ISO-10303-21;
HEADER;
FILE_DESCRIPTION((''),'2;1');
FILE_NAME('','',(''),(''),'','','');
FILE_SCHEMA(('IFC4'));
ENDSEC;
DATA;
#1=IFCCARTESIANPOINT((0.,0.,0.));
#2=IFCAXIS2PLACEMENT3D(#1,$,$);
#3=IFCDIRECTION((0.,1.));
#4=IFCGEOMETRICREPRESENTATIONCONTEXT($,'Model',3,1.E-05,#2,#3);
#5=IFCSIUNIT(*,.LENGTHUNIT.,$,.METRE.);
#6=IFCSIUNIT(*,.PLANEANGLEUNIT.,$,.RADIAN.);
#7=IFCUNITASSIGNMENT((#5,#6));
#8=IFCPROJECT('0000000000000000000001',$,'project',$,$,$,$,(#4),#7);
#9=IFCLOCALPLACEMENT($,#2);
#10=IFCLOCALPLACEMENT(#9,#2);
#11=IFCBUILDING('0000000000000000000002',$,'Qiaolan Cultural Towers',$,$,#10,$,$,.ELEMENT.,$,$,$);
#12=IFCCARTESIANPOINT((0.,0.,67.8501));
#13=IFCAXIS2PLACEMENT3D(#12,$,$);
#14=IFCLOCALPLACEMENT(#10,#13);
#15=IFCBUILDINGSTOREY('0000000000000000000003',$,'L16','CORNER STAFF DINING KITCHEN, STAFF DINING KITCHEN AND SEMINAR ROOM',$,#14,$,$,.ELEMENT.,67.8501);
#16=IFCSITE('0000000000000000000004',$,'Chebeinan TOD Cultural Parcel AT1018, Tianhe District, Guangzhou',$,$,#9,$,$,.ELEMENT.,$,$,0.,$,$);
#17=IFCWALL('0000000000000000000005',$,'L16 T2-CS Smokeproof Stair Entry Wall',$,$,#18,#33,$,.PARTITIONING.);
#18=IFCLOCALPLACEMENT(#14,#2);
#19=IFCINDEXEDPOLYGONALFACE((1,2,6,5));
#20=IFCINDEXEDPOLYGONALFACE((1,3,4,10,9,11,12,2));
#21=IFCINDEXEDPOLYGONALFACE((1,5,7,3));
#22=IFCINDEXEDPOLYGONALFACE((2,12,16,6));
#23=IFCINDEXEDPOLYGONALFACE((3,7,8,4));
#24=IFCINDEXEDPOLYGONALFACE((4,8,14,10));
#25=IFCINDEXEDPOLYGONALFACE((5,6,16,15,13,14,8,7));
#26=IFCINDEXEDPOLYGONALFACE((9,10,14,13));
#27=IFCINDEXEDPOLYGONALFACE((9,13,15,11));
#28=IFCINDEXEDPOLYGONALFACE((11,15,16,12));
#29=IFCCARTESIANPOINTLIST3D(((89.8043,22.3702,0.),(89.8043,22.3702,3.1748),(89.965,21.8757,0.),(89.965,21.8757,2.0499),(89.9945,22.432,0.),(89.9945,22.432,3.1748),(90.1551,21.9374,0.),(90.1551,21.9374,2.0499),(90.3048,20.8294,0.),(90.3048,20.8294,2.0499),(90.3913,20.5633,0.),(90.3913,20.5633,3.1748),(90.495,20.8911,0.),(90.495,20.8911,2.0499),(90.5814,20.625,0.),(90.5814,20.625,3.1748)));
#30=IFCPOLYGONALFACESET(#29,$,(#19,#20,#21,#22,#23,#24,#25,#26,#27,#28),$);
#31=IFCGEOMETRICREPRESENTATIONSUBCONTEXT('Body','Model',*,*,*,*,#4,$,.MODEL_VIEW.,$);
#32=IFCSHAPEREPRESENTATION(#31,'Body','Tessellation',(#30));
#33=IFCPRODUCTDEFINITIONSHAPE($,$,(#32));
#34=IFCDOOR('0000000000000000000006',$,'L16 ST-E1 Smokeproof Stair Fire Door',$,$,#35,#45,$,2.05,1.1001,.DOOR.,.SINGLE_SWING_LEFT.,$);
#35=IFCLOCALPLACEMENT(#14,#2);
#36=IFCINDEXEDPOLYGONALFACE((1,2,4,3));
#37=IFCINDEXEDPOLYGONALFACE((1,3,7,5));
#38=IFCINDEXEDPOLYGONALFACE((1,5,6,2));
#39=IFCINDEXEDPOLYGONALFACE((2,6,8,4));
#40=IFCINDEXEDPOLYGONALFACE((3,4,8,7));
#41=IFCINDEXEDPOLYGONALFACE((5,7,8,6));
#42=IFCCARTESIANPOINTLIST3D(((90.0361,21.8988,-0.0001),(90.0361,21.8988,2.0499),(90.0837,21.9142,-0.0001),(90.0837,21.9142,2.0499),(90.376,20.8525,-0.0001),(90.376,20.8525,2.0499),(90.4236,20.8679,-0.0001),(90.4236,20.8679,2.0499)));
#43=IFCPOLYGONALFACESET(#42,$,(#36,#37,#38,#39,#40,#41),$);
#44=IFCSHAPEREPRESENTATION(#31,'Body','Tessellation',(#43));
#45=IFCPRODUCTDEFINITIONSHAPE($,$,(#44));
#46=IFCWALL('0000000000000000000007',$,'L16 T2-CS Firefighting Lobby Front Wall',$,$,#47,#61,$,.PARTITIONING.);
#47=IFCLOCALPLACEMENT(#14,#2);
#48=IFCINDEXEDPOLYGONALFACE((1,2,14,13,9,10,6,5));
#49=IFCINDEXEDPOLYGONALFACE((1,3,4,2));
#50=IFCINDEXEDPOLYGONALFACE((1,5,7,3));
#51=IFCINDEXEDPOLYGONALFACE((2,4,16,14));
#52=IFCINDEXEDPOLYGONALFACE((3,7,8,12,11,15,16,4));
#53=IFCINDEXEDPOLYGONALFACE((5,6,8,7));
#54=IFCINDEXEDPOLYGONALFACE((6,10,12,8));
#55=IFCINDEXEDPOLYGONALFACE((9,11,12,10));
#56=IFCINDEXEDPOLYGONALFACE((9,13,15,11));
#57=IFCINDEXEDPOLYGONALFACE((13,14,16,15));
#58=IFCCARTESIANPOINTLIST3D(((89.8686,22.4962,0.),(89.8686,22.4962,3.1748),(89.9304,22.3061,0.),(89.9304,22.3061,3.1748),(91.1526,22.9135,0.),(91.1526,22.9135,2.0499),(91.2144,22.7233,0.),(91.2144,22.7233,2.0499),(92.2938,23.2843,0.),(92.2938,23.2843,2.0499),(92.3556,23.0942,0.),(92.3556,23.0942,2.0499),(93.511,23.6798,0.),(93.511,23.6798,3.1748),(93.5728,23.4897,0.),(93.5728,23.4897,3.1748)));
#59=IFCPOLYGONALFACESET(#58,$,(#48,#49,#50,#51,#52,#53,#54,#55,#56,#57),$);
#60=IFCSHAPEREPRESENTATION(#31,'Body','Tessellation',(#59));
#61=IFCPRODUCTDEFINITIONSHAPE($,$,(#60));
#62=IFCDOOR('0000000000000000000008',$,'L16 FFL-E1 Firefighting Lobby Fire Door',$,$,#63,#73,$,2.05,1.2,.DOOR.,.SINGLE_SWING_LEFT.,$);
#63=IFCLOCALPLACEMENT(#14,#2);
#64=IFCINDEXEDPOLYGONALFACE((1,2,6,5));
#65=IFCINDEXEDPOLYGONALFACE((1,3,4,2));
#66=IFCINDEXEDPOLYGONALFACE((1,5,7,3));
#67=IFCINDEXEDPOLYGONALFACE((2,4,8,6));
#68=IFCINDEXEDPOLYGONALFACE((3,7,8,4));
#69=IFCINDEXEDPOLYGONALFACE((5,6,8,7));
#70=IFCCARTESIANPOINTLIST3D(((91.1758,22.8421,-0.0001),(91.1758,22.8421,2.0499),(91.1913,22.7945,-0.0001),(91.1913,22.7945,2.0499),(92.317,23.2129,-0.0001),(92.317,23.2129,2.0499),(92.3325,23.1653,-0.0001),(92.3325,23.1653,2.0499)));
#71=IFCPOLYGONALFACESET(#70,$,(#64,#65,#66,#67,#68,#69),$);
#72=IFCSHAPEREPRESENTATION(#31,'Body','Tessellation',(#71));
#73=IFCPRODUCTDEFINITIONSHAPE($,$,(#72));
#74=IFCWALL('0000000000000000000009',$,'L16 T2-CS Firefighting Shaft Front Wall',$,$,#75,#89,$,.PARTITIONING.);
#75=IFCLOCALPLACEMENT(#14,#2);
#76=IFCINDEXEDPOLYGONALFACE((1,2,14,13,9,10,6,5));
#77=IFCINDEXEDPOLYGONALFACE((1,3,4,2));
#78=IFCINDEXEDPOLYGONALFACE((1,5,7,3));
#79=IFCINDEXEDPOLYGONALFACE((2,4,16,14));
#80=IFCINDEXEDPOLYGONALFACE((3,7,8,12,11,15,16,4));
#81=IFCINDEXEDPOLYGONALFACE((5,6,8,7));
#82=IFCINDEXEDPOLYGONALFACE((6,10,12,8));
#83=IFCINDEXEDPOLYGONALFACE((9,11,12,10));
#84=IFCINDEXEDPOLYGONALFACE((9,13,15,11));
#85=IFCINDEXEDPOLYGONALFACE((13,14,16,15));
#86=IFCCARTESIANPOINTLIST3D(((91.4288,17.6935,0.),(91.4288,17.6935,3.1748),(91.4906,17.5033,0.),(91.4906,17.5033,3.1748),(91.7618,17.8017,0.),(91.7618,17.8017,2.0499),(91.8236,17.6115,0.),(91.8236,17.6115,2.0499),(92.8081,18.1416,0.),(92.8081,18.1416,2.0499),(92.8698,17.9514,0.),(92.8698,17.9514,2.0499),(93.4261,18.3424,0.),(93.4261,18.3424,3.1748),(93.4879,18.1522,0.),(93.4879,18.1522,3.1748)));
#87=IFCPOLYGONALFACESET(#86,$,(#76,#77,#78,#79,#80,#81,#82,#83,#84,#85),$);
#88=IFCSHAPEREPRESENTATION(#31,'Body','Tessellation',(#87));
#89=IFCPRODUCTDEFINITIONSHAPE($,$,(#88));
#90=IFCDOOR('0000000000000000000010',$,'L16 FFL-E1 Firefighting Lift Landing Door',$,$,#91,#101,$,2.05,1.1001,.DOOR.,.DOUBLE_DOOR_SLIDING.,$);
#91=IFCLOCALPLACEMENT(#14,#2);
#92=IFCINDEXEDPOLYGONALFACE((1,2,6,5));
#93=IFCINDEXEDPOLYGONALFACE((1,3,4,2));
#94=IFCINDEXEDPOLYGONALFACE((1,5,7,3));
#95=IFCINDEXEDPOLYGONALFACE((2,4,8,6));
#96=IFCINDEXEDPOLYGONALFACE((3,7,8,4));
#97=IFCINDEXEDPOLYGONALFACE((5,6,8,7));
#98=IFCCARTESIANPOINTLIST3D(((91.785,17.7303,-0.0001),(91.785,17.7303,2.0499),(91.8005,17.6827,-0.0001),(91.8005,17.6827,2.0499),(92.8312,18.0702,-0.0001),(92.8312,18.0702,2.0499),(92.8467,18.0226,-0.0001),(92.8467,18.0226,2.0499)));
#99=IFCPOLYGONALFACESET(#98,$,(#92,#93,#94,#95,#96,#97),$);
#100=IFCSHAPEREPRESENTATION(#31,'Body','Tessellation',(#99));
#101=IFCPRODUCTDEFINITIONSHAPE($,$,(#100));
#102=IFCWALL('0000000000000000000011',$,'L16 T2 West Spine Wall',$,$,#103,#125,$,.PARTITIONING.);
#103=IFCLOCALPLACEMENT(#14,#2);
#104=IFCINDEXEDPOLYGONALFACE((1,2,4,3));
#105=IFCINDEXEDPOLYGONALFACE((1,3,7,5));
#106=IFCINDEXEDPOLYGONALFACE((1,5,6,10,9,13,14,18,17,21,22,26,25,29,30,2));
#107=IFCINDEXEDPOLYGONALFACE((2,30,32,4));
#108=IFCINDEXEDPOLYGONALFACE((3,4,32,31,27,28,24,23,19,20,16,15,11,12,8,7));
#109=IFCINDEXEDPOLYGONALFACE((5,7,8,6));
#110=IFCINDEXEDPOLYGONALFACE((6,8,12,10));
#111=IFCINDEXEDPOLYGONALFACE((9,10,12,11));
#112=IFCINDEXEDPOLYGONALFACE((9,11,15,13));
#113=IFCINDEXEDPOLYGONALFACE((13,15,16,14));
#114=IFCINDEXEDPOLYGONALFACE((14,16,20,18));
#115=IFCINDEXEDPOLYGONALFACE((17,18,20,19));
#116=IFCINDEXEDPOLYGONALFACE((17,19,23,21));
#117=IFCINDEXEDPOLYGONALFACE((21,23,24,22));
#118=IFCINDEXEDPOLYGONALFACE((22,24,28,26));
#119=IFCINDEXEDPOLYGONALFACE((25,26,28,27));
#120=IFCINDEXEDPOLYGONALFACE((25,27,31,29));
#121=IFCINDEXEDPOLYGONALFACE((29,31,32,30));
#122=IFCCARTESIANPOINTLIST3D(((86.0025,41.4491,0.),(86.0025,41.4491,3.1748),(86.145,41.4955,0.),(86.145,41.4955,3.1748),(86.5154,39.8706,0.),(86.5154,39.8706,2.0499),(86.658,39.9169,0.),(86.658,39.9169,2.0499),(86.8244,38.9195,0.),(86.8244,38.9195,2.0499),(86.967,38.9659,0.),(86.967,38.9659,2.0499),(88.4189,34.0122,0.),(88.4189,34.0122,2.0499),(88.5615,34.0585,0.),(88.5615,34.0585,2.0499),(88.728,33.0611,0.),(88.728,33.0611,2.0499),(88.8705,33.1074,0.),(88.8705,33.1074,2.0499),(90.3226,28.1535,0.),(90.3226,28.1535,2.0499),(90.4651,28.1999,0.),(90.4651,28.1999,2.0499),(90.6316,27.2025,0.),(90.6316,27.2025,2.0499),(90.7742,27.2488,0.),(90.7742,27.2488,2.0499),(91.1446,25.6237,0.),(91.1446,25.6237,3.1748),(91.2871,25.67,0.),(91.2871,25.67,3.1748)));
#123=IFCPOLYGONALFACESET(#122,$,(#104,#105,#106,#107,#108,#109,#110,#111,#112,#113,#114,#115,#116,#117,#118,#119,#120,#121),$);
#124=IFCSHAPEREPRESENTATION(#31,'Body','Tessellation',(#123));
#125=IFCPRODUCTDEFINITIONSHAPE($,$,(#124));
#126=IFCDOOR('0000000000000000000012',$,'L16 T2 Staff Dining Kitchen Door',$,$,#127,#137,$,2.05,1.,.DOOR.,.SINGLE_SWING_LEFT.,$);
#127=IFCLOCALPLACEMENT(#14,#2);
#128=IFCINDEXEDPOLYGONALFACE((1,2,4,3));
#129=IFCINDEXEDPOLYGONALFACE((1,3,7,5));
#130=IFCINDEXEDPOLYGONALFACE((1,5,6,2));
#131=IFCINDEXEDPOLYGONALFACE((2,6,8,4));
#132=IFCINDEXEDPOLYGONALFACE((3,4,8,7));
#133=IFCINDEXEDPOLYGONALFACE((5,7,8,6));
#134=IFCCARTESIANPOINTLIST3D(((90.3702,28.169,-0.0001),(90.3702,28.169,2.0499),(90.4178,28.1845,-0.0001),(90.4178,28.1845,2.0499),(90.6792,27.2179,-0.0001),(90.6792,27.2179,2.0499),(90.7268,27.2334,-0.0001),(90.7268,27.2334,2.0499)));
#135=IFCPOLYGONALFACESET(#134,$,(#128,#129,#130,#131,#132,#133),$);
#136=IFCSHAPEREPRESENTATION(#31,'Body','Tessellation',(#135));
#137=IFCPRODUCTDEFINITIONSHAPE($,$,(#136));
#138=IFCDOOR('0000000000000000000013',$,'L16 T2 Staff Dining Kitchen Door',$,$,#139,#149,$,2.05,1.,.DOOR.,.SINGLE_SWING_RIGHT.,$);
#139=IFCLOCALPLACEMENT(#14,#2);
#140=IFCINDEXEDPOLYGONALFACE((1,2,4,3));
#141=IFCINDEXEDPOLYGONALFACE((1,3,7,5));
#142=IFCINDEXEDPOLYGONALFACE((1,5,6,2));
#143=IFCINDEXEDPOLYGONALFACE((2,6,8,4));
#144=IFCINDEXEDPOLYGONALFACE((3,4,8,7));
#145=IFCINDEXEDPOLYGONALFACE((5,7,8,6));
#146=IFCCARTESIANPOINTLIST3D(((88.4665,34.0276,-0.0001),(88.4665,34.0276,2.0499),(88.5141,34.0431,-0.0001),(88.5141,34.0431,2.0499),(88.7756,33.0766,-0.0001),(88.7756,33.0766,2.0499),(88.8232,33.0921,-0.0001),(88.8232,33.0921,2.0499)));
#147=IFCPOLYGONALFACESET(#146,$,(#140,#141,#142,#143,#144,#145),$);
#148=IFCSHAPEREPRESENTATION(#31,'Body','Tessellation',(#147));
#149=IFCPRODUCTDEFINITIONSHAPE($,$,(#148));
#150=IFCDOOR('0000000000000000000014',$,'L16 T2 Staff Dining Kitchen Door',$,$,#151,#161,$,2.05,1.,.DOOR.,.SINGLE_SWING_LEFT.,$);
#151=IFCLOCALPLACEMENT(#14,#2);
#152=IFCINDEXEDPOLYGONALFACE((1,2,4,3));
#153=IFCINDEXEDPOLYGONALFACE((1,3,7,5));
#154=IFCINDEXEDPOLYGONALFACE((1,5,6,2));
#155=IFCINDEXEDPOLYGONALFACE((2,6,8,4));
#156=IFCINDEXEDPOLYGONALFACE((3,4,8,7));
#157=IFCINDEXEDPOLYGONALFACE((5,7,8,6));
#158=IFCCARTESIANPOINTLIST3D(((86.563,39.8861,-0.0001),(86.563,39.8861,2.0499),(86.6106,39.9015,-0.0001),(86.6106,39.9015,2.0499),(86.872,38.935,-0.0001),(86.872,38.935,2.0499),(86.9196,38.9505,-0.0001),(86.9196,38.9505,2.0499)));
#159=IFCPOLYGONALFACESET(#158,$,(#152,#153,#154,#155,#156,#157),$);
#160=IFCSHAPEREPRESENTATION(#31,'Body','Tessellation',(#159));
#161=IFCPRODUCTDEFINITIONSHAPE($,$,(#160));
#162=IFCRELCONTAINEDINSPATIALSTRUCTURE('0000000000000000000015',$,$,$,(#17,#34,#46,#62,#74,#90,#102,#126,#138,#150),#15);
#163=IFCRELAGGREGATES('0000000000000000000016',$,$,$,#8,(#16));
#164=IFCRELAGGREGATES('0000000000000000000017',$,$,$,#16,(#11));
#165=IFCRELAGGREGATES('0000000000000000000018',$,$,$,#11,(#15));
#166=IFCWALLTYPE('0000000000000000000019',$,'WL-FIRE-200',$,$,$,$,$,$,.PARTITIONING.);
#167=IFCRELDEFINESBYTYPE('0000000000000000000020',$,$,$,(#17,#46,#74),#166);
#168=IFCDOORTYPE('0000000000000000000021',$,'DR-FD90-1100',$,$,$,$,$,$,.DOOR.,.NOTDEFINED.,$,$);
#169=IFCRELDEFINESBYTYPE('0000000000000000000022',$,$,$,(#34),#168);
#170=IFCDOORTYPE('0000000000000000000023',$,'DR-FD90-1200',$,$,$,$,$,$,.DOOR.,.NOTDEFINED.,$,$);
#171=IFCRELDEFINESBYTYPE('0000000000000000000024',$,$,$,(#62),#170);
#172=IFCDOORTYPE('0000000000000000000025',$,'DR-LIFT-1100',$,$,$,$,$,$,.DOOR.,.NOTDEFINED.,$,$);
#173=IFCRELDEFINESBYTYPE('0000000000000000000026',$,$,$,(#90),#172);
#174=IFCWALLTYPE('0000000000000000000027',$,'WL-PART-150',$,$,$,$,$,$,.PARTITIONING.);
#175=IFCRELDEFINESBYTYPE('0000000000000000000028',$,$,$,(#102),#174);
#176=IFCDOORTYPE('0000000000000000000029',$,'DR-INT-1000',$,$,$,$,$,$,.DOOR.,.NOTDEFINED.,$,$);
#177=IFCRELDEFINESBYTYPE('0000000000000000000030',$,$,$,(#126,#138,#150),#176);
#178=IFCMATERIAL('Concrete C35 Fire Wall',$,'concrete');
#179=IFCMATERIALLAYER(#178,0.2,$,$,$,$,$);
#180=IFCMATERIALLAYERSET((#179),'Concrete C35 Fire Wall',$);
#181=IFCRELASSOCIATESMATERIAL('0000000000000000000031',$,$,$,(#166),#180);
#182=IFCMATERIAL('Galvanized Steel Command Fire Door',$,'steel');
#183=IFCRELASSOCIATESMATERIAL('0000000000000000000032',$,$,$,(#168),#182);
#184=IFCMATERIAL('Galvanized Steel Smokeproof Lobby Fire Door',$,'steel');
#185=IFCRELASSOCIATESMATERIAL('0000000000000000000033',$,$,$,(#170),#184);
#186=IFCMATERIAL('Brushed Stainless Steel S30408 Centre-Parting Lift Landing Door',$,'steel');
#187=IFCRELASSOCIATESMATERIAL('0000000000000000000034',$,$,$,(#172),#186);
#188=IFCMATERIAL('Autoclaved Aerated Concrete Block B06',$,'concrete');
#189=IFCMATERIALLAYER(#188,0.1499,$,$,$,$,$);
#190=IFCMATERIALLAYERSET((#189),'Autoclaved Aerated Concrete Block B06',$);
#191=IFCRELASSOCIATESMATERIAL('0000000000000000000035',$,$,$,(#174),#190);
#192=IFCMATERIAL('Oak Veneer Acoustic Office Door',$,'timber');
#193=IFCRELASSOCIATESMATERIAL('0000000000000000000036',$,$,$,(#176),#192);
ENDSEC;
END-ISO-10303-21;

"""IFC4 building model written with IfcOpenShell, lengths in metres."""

from ifc_helpers import new_model, si_unit, direction, frame, frame_2d, origin, place, context, subcontext, project, spatial, rectangle, extrude, material, layer, layer_set, type_object, element, fill, save


model = new_model("IFC4")

# Units and contexts
model_context = context("Model", 3, precision=1e-05, world=origin(), true_north=direction((0.0, 1.0)))
body_context = subcontext(model_context, "Body", "Model", "MODEL_VIEW")
ifc_project = project(units=[si_unit("LENGTHUNIT", "METRE"), si_unit("PLANEANGLEUNIT", "RADIAN")], contexts=[model_context])

# Site, building, storey
site_placement = place(None, origin())
site = spatial("IfcSite", under=ifc_project, at=site_placement, Name="Chebeinan TOD Cultural Parcel AT1018, Tianhe District, Guangzhou", CompositionType="ELEMENT", RefElevation=0.0)
building_placement = place(site_placement, origin())
building = spatial("IfcBuilding", under=site, at=building_placement, Name="Qiaolan Cultural Towers", CompositionType="ELEMENT")
storey_placement = place(building_placement, frame((0.0, 0.0, 67.8501)))
storey = spatial("IfcBuildingStorey", under=building, at=storey_placement, Name="L16", Description="CORNER STAFF DINING KITCHEN, STAFF DINING KITCHEN AND SEMINAR ROOM", CompositionType="ELEMENT", Elevation=67.8501)

# Walls, openings, doors
ifc_material_1 = material(Name="Concrete C35 Fire Wall", Category="concrete")
ifc_layer_1 = layer(ifc_material_1, 0.2)
ifc_layer_set_1 = layer_set([ifc_layer_1], Name="Concrete C35 Fire Wall")
wall_type_1 = type_object("IfcWallType", Name="WL-FIRE-200", PredefinedType="PARTITIONING", material=ifc_layer_set_1)
wall_1_placement = place(storey_placement, frame((89.8994, 22.4011, 0.0), z_axis=(0.0, 0.0, 1.0), x_axis=(0.308932, -0.951084, 0.0)))
wall_1 = element("IfcWall", 1, at=wall_1_placement, inside=storey, type_object=wall_type_1, Name="L16 T2-CS Smokeproof Stair Entry Wall", PredefinedType="PARTITIONING", context=body_context, shape_type="SweptSolid", body=[
    extrude(rectangle(XDim=1.8999, YDim=0.2, at=frame_2d((0.95, 0.0))), origin(), (0.0, 0.0, 1.0), 3.1748),
])
opening_1_placement = place(wall_1_placement, frame((0.52, 0.0, 0.0)))
opening_1 = element("IfcOpeningElement", 2, at=opening_1_placement, cuts=wall_1, PredefinedType="OPENING", context=body_context, shape_type="SweptSolid", body=[
    extrude(rectangle(XDim=1.1001, YDim=2.05, at=frame_2d((0.55, 1.0249))), frame((0.0, 0.1099, 0.0), z_axis=(0.0, -1.0, 0.0), x_axis=(1.0, 0.0, 0.0)), (0.0, 0.0, 1.0), 0.22),
])
ifc_material_2 = material(Name="Galvanized Steel Command Fire Door", Category="steel")
door_type_1 = type_object("IfcDoorType", Name="DR-FD90-1100", OperationType="NOTDEFINED", PredefinedType="DOOR", material=ifc_material_2)
door_1_placement = place(opening_1_placement, origin())
door_1 = element("IfcDoor", 3, at=door_1_placement, inside=storey, type_object=door_type_1, Name="L16 ST-E1 Smokeproof Stair Fire Door", OperationType="SINGLE_SWING_LEFT", OverallHeight=2.05, OverallWidth=1.1001, PredefinedType="DOOR", context=body_context, shape_type="SweptSolid", body=[
    extrude(rectangle(XDim=1.1001, YDim=2.05, at=frame_2d((0.55, 1.0249))), frame((0.0, 0.0249, 0.0), z_axis=(0.0, -1.0, 0.0), x_axis=(1.0, 0.0, 0.0)), (0.0, 0.0, 1.0), 0.05),
])
fill(opening_1, door_1)
wall_2_placement = place(storey_placement, frame((89.8994, 22.4011, 0.0), z_axis=(0.0, 0.0, 1.0), x_axis=(0.951047, 0.309047, 0.0)))
wall_2 = element("IfcWall", 4, at=wall_2_placement, inside=storey, type_object=wall_type_1, Name="L16 T2-CS Firefighting Lobby Front Wall", PredefinedType="PARTITIONING", context=body_context, shape_type="SweptSolid", body=[
    extrude(rectangle(XDim=3.8298, YDim=0.2, at=frame_2d((1.915, 0.0))), origin(), (0.0, 0.0, 1.0), 3.1748),
])
opening_2_placement = place(wall_2_placement, frame((1.3501, 0.0, 0.0)))
opening_2 = element("IfcOpeningElement", 5, at=opening_2_placement, cuts=wall_2, PredefinedType="OPENING", context=body_context, shape_type="SweptSolid", body=[
    extrude(rectangle(XDim=1.2, YDim=2.05, at=frame_2d((0.6001, 1.0249))), frame((0.0, 0.1099, 0.0), z_axis=(0.0, -1.0, 0.0), x_axis=(1.0, 0.0, 0.0)), (0.0, 0.0, 1.0), 0.22),
])
ifc_material_3 = material(Name="Galvanized Steel Smokeproof Lobby Fire Door", Category="steel")
door_type_2 = type_object("IfcDoorType", Name="DR-FD90-1200", OperationType="NOTDEFINED", PredefinedType="DOOR", material=ifc_material_3)
door_2_placement = place(opening_2_placement, origin())
door_2 = element("IfcDoor", 6, at=door_2_placement, inside=storey, type_object=door_type_2, Name="L16 FFL-E1 Firefighting Lobby Fire Door", OperationType="SINGLE_SWING_LEFT", OverallHeight=2.05, OverallWidth=1.2, PredefinedType="DOOR", context=body_context, shape_type="SweptSolid", body=[
    extrude(rectangle(XDim=1.2, YDim=2.05, at=frame_2d((0.6001, 1.0249))), frame((0.0, 0.0249, 0.0), z_axis=(0.0, -1.0, 0.0), x_axis=(1.0, 0.0, 0.0)), (0.0, 0.0, 1.0), 0.05),
])
fill(opening_2, door_2)
wall_3_placement = place(storey_placement, frame((91.4597, 17.5984, 0.0), z_axis=(0.0, 0.0, 1.0), x_axis=(0.951062, 0.308999, 0.0)))
wall_3 = element("IfcWall", 7, at=wall_3_placement, inside=storey, type_object=wall_type_1, Name="L16 T2-CS Firefighting Shaft Front Wall", PredefinedType="PARTITIONING", context=body_context, shape_type="SweptSolid", body=[
    extrude(rectangle(XDim=2.1001, YDim=0.2, at=frame_2d((1.05, 0.0))), origin(), (0.0, 0.0, 1.0), 3.1748),
])
opening_3_placement = place(wall_3_placement, frame((0.3501, 0.0, 0.0)))
opening_3 = element("IfcOpeningElement", 8, at=opening_3_placement, cuts=wall_3, PredefinedType="OPENING", context=body_context, shape_type="SweptSolid", body=[
    extrude(rectangle(XDim=1.1001, YDim=2.05, at=frame_2d((0.55, 1.0249))), frame((0.0, 0.1099, 0.0), z_axis=(0.0, -1.0, 0.0), x_axis=(1.0, 0.0, 0.0)), (0.0, 0.0, 1.0), 0.22),
])
ifc_material_4 = material(Name="Brushed Stainless Steel S30408 Centre-Parting Lift Landing Door", Category="steel")
door_type_3 = type_object("IfcDoorType", Name="DR-LIFT-1100", OperationType="NOTDEFINED", PredefinedType="DOOR", material=ifc_material_4)
door_3_placement = place(opening_3_placement, origin())
door_3 = element("IfcDoor", 9, at=door_3_placement, inside=storey, type_object=door_type_3, Name="L16 FFL-E1 Firefighting Lift Landing Door", OperationType="DOUBLE_DOOR_SLIDING", OverallHeight=2.05, OverallWidth=1.1001, PredefinedType="DOOR", context=body_context, shape_type="SweptSolid", body=[
    extrude(rectangle(XDim=1.1001, YDim=2.05, at=frame_2d((0.55, 1.0249))), frame((0.0, 0.0249, 0.0), z_axis=(0.0, -1.0, 0.0), x_axis=(1.0, 0.0, 0.0)), (0.0, 0.0, 1.0), 0.05),
])
fill(opening_3, door_3)

# Wall, openings, doors
ifc_material_5 = material(Name="Autoclaved Aerated Concrete Block B06", Category="concrete")
ifc_layer_2 = layer(ifc_material_5, 0.1499)
ifc_layer_set_2 = layer_set([ifc_layer_2], Name="Autoclaved Aerated Concrete Block B06")
wall_type_2 = type_object("IfcWallType", Name="WL-PART-150", PredefinedType="PARTITIONING", material=ifc_layer_set_2)
wall_4_placement = place(storey_placement, frame((91.2158, 25.647, 0.0), z_axis=(0.0, 0.0, 1.0), x_axis=(-0.309022, 0.951055, 0.0)))
wall_4 = element("IfcWall", 10, at=wall_4_placement, inside=storey, type_object=wall_type_2, Name="L16 T2 West Spine Wall", PredefinedType="PARTITIONING", context=body_context, shape_type="SweptSolid", body=[
    extrude(rectangle(XDim=16.6399, YDim=0.1499, at=frame_2d((8.3198, 0.0))), origin(), (0.0, 0.0, 1.0), 3.1748),
])
opening_4_placement = place(wall_4_placement, frame((1.6599, 0.0, 0.0)))
opening_4 = element("IfcOpeningElement", 11, at=opening_4_placement, cuts=wall_4, PredefinedType="OPENING", context=body_context, shape_type="SweptSolid", body=[
    extrude(rectangle(XDim=1.0, YDim=2.05, at=frame_2d((0.5, 1.0249))), frame((0.0, 0.085, 0.0), z_axis=(0.0, -1.0, 0.0), x_axis=(1.0, 0.0, 0.0)), (0.0, 0.0, 1.0), 0.1699),
])
opening_5_placement = place(wall_4_placement, frame((7.8201, 0.0, 0.0)))
opening_5 = element("IfcOpeningElement", 12, at=opening_5_placement, cuts=wall_4, PredefinedType="OPENING", context=body_context, shape_type="SweptSolid", body=[
    extrude(rectangle(XDim=1.0, YDim=2.05, at=frame_2d((0.5, 1.0249))), frame((0.0, 0.085, 0.0), z_axis=(0.0, -1.0, 0.0), x_axis=(1.0, 0.0, 0.0)), (0.0, 0.0, 1.0), 0.1699),
])
opening_6_placement = place(wall_4_placement, frame((13.98, 0.0, 0.0)))
opening_6 = element("IfcOpeningElement", 13, at=opening_6_placement, cuts=wall_4, PredefinedType="OPENING", context=body_context, shape_type="SweptSolid", body=[
    extrude(rectangle(XDim=1.0, YDim=2.05, at=frame_2d((0.5, 1.0249))), frame((0.0, 0.085, 0.0), z_axis=(0.0, -1.0, 0.0), x_axis=(1.0, 0.0, 0.0)), (0.0, 0.0, 1.0), 0.1699),
])
ifc_material_6 = material(Name="Oak Veneer Acoustic Office Door", Category="timber")
door_type_4 = type_object("IfcDoorType", Name="DR-INT-1000", OperationType="NOTDEFINED", PredefinedType="DOOR", material=ifc_material_6)
door_4_placement = place(opening_4_placement, origin())
door_4 = element("IfcDoor", 14, at=door_4_placement, inside=storey, type_object=door_type_4, Name="L16 T2 Staff Dining Kitchen Door", OperationType="SINGLE_SWING_LEFT", OverallHeight=2.05, OverallWidth=1.0, PredefinedType="DOOR", context=body_context, shape_type="SweptSolid", body=[
    extrude(rectangle(XDim=1.0, YDim=2.05, at=frame_2d((0.5, 1.0249))), frame((0.0, 0.0249, 0.0), z_axis=(0.0, -1.0, 0.0), x_axis=(1.0, 0.0, 0.0)), (0.0, 0.0, 1.0), 0.05),
])
fill(opening_4, door_4)
door_5_placement = place(opening_5_placement, origin())
door_5 = element("IfcDoor", 15, at=door_5_placement, inside=storey, type_object=door_type_4, Name="L16 T2 Staff Dining Kitchen Door", OperationType="SINGLE_SWING_RIGHT", OverallHeight=2.05, OverallWidth=1.0, PredefinedType="DOOR", context=body_context, shape_type="SweptSolid", body=[
    extrude(rectangle(XDim=1.0, YDim=2.05, at=frame_2d((0.5, 1.0249))), frame((0.0, 0.0249, 0.0), z_axis=(0.0, -1.0, 0.0), x_axis=(1.0, 0.0, 0.0)), (0.0, 0.0, 1.0), 0.05),
])
fill(opening_5, door_5)
door_6_placement = place(opening_6_placement, origin())
door_6 = element("IfcDoor", 16, at=door_6_placement, inside=storey, type_object=door_type_4, Name="L16 T2 Staff Dining Kitchen Door", OperationType="SINGLE_SWING_LEFT", OverallHeight=2.05, OverallWidth=1.0, PredefinedType="DOOR", context=body_context, shape_type="SweptSolid", body=[
    extrude(rectangle(XDim=1.0, YDim=2.05, at=frame_2d((0.5, 1.0249))), frame((0.0, 0.0249, 0.0), z_axis=(0.0, -1.0, 0.0), x_axis=(1.0, 0.0, 0.0)), (0.0, 0.0, 1.0), 0.05),
])
fill(opening_6, door_6)

save(model, "model.ifc")
